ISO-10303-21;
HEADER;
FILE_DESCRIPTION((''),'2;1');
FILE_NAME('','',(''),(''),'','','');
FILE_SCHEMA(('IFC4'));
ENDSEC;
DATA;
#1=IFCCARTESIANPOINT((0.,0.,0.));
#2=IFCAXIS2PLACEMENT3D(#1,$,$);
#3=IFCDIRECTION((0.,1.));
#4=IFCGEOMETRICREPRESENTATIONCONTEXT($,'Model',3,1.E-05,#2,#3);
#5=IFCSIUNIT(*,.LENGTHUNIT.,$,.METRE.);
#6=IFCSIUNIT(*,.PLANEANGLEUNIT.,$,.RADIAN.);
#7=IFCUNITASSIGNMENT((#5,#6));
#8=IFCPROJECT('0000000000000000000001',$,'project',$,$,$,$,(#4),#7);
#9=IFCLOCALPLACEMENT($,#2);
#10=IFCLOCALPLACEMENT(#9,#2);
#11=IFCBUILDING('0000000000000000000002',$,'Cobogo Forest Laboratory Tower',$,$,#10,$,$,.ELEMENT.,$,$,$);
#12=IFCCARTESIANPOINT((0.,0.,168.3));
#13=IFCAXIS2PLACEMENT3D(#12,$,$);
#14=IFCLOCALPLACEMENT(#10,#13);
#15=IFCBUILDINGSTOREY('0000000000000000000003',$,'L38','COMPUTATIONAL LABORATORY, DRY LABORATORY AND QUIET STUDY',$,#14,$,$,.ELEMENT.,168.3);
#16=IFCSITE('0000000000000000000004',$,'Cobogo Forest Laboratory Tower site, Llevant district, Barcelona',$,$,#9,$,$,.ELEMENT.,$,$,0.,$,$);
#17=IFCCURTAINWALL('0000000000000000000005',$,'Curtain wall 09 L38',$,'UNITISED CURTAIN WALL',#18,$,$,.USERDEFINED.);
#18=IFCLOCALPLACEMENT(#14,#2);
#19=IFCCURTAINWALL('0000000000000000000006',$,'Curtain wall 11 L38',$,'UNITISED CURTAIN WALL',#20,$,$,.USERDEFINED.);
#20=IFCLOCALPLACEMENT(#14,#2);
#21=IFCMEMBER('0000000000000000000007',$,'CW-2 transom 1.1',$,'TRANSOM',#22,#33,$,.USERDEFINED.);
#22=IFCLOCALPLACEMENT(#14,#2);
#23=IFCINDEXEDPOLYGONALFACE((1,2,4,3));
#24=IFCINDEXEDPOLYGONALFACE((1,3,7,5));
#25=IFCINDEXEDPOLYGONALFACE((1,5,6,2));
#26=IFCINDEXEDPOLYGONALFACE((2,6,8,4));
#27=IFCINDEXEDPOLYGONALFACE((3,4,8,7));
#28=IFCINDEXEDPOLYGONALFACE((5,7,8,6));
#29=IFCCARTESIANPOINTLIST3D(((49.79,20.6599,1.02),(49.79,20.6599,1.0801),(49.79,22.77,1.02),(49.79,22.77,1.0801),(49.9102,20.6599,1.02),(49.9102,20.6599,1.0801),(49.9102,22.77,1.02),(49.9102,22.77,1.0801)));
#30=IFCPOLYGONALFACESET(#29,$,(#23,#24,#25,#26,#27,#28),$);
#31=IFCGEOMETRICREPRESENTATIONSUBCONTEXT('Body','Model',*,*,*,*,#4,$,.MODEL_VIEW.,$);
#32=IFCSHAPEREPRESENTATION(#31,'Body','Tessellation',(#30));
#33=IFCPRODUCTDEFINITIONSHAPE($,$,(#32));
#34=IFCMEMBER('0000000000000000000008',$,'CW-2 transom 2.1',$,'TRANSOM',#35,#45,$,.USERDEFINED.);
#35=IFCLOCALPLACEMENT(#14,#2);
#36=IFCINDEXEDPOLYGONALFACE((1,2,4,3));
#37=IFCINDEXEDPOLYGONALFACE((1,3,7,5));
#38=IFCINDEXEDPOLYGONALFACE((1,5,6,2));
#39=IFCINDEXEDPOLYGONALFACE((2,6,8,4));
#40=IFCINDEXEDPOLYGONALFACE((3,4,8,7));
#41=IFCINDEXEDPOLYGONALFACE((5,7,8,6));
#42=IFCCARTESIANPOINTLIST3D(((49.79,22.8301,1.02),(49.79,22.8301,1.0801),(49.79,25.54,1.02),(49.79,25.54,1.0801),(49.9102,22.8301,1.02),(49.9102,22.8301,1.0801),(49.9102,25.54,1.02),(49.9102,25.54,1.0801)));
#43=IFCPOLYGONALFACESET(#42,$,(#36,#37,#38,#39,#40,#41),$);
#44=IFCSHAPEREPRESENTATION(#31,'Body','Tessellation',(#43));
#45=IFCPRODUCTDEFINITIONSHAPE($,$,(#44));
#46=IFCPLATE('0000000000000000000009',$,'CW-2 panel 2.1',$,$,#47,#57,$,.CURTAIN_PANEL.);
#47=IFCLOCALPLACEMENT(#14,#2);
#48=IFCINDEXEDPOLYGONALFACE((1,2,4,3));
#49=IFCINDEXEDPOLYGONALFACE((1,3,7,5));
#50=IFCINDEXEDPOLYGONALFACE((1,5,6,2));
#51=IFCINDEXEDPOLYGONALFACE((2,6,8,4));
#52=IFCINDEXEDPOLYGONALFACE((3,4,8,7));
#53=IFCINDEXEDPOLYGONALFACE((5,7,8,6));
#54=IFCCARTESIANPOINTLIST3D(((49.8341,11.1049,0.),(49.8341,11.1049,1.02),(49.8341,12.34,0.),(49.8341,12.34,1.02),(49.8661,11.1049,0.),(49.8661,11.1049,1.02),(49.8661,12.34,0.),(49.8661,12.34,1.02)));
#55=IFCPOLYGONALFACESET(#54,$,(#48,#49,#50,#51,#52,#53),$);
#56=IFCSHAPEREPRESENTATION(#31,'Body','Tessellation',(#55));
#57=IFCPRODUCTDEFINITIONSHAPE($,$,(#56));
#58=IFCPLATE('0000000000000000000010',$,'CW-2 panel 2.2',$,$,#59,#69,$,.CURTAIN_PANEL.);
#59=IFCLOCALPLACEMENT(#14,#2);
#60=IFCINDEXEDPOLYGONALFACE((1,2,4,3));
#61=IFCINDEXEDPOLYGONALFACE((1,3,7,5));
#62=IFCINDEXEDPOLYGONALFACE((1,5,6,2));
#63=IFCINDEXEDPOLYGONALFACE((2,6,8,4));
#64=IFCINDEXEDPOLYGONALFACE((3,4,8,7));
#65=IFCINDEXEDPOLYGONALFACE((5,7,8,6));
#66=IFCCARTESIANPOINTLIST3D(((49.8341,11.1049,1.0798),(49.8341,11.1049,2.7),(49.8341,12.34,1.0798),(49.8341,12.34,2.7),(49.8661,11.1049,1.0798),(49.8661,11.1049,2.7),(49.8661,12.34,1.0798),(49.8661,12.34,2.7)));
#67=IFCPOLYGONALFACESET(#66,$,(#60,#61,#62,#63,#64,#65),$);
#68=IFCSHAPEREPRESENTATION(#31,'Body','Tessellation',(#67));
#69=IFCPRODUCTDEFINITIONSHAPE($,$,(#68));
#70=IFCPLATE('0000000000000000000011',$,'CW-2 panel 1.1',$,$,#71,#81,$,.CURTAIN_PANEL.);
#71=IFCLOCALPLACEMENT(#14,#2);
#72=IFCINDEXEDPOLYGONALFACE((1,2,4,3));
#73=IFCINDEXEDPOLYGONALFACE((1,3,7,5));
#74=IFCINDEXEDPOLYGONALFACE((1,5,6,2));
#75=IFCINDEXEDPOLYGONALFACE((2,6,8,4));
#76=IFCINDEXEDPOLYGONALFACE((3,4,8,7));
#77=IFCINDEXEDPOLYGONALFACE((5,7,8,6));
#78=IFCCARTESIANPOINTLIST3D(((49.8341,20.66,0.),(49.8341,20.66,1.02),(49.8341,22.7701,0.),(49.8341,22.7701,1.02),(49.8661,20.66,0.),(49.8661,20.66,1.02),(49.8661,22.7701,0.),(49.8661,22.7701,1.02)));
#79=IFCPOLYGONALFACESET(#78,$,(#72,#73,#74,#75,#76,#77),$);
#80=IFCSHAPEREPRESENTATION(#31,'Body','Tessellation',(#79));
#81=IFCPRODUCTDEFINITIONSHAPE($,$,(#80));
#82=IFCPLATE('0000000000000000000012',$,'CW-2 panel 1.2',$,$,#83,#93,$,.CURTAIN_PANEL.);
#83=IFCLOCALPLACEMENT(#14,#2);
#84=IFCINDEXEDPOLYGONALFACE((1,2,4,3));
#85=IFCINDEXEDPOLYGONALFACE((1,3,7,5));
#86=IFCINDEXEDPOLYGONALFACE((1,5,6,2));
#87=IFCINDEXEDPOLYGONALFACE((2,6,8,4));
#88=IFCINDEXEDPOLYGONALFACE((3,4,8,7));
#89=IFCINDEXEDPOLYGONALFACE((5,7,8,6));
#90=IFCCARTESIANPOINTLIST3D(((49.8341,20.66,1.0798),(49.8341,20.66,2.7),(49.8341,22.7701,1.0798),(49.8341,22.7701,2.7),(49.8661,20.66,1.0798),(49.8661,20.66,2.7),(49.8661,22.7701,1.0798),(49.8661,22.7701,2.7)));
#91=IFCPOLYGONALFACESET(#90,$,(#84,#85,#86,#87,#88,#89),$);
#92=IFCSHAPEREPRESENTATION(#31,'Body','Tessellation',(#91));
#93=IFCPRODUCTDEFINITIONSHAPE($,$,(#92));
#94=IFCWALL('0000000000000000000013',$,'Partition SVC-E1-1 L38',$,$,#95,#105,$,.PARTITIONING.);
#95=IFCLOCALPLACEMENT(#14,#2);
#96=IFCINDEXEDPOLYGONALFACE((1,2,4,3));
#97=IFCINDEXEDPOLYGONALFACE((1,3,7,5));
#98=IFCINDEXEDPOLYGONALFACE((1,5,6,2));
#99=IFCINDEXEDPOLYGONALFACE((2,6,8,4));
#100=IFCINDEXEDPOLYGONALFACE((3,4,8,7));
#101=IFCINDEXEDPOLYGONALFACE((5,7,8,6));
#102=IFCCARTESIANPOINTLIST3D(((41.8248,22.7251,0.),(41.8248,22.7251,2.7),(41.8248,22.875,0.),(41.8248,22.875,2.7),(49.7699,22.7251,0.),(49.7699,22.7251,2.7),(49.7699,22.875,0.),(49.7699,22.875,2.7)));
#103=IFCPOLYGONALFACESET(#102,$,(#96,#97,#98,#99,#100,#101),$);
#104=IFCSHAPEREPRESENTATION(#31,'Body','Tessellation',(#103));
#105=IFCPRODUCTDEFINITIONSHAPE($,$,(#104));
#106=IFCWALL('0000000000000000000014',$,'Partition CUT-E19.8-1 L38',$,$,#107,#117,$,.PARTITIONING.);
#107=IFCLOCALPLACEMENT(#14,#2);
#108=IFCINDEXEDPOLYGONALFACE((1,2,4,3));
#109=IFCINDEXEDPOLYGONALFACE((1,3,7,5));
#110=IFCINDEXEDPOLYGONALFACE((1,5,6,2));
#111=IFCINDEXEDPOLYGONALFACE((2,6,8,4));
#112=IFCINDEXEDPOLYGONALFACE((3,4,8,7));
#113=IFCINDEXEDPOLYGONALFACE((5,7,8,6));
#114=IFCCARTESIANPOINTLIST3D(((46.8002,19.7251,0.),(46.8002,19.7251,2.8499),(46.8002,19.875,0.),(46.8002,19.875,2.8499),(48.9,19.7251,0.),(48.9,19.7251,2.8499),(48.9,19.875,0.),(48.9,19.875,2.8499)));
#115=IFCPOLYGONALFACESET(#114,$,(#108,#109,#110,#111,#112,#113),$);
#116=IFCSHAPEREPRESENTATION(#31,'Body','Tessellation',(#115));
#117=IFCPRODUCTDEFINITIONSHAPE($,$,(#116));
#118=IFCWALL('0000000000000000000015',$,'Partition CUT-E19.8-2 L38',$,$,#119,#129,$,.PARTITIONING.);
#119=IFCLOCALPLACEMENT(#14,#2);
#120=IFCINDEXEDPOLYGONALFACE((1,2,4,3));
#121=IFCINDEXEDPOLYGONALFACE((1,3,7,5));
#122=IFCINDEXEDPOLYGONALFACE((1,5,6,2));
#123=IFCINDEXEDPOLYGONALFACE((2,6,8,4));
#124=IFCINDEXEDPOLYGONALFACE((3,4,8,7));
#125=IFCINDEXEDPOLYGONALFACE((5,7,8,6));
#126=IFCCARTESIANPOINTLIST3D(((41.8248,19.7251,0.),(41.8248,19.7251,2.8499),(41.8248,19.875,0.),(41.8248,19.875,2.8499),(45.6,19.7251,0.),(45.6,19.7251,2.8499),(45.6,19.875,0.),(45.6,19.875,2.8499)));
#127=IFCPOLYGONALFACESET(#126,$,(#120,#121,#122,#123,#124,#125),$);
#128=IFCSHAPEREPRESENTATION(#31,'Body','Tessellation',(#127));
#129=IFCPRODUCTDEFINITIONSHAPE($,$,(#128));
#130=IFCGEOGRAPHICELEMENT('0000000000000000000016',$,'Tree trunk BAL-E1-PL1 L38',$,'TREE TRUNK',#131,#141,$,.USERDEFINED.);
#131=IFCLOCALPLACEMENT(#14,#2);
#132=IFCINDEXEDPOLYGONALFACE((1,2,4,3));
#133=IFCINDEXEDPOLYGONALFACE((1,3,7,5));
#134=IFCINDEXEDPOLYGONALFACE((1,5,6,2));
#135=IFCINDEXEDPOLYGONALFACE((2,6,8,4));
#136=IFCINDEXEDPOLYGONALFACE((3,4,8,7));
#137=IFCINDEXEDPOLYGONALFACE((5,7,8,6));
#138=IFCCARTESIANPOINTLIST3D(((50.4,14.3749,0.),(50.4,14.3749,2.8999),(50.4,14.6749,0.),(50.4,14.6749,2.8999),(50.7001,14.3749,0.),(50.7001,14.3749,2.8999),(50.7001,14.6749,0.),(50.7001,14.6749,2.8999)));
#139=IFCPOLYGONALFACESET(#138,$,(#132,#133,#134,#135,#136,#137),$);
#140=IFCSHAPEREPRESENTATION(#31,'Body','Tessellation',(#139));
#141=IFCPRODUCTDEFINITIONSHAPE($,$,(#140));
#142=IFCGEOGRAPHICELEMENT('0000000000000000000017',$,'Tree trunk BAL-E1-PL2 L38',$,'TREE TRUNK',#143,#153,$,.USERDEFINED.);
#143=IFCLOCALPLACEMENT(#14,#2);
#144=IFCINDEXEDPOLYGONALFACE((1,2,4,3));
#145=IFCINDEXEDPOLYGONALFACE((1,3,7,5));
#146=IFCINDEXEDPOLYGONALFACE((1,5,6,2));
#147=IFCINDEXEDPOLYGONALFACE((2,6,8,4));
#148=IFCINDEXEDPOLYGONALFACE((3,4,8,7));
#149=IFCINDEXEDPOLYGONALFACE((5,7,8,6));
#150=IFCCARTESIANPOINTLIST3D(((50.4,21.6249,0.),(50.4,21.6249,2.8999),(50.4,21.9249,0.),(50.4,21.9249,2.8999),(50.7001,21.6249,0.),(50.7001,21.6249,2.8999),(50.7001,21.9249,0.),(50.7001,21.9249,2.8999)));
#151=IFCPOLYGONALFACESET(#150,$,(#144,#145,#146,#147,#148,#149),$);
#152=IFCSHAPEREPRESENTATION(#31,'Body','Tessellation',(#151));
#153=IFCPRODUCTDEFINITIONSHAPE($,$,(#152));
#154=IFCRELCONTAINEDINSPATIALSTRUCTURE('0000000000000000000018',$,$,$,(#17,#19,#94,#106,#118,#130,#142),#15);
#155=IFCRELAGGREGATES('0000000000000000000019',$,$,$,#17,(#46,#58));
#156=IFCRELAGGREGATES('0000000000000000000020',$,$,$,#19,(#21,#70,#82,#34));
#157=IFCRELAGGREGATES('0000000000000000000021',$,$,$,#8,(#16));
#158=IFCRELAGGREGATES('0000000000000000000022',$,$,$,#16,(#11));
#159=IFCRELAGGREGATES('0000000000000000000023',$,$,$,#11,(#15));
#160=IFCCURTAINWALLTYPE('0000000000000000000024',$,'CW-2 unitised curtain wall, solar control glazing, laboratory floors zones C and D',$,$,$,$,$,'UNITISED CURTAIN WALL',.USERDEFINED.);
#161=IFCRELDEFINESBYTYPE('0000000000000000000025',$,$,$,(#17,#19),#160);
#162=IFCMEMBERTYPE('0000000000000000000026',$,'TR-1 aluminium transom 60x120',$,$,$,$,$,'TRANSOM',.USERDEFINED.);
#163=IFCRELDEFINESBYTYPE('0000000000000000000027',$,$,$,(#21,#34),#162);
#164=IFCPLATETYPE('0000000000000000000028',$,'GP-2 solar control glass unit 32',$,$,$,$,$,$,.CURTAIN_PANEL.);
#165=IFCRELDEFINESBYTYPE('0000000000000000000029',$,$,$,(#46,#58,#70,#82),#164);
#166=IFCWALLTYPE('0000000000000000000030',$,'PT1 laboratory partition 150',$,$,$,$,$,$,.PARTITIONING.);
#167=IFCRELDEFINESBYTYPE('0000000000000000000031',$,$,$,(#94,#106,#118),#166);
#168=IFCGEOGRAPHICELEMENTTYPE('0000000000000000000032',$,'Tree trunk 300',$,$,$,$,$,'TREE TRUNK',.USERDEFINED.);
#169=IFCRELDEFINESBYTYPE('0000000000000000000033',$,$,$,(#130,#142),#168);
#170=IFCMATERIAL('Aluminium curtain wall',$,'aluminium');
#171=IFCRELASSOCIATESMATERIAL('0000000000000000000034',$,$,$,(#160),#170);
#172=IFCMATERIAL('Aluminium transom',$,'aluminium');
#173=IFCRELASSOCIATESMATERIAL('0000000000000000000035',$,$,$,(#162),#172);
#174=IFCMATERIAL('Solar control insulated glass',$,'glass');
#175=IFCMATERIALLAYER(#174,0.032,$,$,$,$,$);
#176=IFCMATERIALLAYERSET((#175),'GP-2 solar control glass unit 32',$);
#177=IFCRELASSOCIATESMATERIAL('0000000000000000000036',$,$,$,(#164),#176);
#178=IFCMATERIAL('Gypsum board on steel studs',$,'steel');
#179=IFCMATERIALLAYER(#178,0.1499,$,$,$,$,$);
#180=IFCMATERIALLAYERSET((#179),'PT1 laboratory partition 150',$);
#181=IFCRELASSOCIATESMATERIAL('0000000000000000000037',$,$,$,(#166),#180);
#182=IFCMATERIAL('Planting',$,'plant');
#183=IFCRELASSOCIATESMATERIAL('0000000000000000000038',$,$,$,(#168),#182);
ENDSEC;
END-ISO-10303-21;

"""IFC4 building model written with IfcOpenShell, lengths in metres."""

from ifc_helpers import new_model, si_unit, direction, frame, frame_2d, origin, origin_2d, place, context, subcontext, project, spatial, rectangle, extrude, material, layer, layer_set, material_profile, profile_set, type_object, element, aggregate, save


model = new_model("IFC4")

# Units and contexts
model_context = context("Model", 3, precision=1e-05, world=origin(), true_north=direction((0.0, 1.0)))
body_context = subcontext(model_context, "Body", "Model", "MODEL_VIEW")
ifc_project = project(units=[si_unit("LENGTHUNIT", "METRE"), si_unit("PLANEANGLEUNIT", "RADIAN")], contexts=[model_context])

# Site, building, storey
site_placement = place(None, origin())
site = spatial("IfcSite", under=ifc_project, at=site_placement, Name="Cobogo Forest Laboratory Tower site, Llevant district, Barcelona", CompositionType="ELEMENT", RefElevation=0.0)
building_placement = place(site_placement, origin())
building = spatial("IfcBuilding", under=site, at=building_placement, Name="Cobogo Forest Laboratory Tower", CompositionType="ELEMENT")
storey_placement = place(building_placement, frame((0.0, 0.0, 168.3)))
storey = spatial("IfcBuildingStorey", under=building, at=storey_placement, Name="L38", Description="COMPUTATIONAL LABORATORY, DRY LABORATORY AND QUIET STUDY", CompositionType="ELEMENT", Elevation=168.3)

# Curtain wall
ifc_material_1 = material(Name="Aluminium curtain wall", Category="aluminium")
curtain_wall_type = type_object("IfcCurtainWallType", Name="CW-2 unitised curtain wall, solar control glazing, laboratory floors zones C and D", ElementType="UNITISED CURTAIN WALL", PredefinedType="USERDEFINED", material=ifc_material_1)
curtain_wall_1_placement = place(storey_placement, origin())
curtain_wall_1 = element("IfcCurtainWall", 1, at=curtain_wall_1_placement, inside=storey, type_object=curtain_wall_type, Name="Curtain wall 09 L38", ObjectType="UNITISED CURTAIN WALL", PredefinedType="USERDEFINED")

# Curtain wall
curtain_wall_2_placement = place(storey_placement, origin())
curtain_wall_2 = element("IfcCurtainWall", 2, at=curtain_wall_2_placement, inside=storey, type_object=curtain_wall_type, Name="Curtain wall 11 L38", ObjectType="UNITISED CURTAIN WALL", PredefinedType="USERDEFINED")

# Members
ifc_material_2 = material(Name="Aluminium transom", Category="aluminium")
ifc_material_profile_1 = material_profile(ifc_material_2, rectangle(XDim=0.1201, YDim=0.0601, at=origin_2d()), Name="AL 60x120")
ifc_profile_set_1 = profile_set([ifc_material_profile_1], Name="Aluminium transom")
member_type_1 = type_object("IfcMemberType", Name="TR-1 aluminium transom 60x120", ElementType="TRANSOM", PredefinedType="USERDEFINED", material=ifc_profile_set_1)
member_1_placement = place(storey_placement, frame((49.8501, 20.6599, 1.05), z_axis=(0.0, 1.0, 0.0), x_axis=(-1.0, 0.0, 0.0)))
member_1 = element("IfcMember", 3, at=member_1_placement, type_object=member_type_1, Name="CW-2 transom 1.1", ObjectType="TRANSOM", PredefinedType="USERDEFINED", context=body_context, shape_type="SweptSolid", body=[
    extrude(rectangle(XDim=0.1201, YDim=0.0601, at=origin_2d()), origin(), (0.0, 0.0, 1.0), 2.1101),
])
member_2_placement = place(storey_placement, frame((49.8501, 22.8301, 1.05), z_axis=(0.0, 1.0, 0.0), x_axis=(-1.0, 0.0, 0.0)))
member_2 = element("IfcMember", 4, at=member_2_placement, type_object=member_type_1, Name="CW-2 transom 2.1", ObjectType="TRANSOM", PredefinedType="USERDEFINED", context=body_context, shape_type="SweptSolid", body=[
    extrude(rectangle(XDim=0.1201, YDim=0.0601, at=origin_2d()), origin(), (0.0, 0.0, 1.0), 2.71),
])

# Plates
ifc_material_3 = material(Name="Solar control insulated glass", Category="glass")
ifc_layer_1 = layer(ifc_material_3, 0.032)
ifc_layer_set_1 = layer_set([ifc_layer_1], Name="GP-2 solar control glass unit 32")
plate_type = type_object("IfcPlateType", Name="GP-2 solar control glass unit 32", PredefinedType="CURTAIN_PANEL", material=ifc_layer_set_1)
plate_1_placement = place(storey_placement, frame((49.8501, 11.7224, 0.0), z_axis=(0.0, 0.0, 1.0), x_axis=(0.0, 1.0, 0.0)))
plate_1 = element("IfcPlate", 5, at=plate_1_placement, type_object=plate_type, Name="CW-2 panel 2.1", PredefinedType="CURTAIN_PANEL", context=body_context, shape_type="SweptSolid", body=[
    extrude(rectangle(XDim=1.2351, YDim=0.032, at=origin_2d()), origin(), (0.0, 0.0, 1.0), 1.02),
])
plate_2_placement = place(storey_placement, frame((49.8501, 11.7224, 1.0798), z_axis=(0.0, 0.0, 1.0), x_axis=(0.0, 1.0, 0.0)))
plate_2 = element("IfcPlate", 6, at=plate_2_placement, type_object=plate_type, Name="CW-2 panel 2.2", PredefinedType="CURTAIN_PANEL", context=body_context, shape_type="SweptSolid", body=[
    extrude(rectangle(XDim=1.2351, YDim=0.032, at=origin_2d()), origin(), (0.0, 0.0, 1.0), 1.6201),
])
aggregate(curtain_wall_1, [plate_1, plate_2])
plate_3_placement = place(storey_placement, frame((49.8501, 21.7151, 0.0), z_axis=(0.0, 0.0, 1.0), x_axis=(0.0, 1.0, 0.0)))
plate_3 = element("IfcPlate", 7, at=plate_3_placement, type_object=plate_type, Name="CW-2 panel 1.1", PredefinedType="CURTAIN_PANEL", context=body_context, shape_type="SweptSolid", body=[
    extrude(rectangle(XDim=2.1101, YDim=0.032, at=origin_2d()), origin(), (0.0, 0.0, 1.0), 1.02),
])
plate_4_placement = place(storey_placement, frame((49.8501, 21.7151, 1.0798), z_axis=(0.0, 0.0, 1.0), x_axis=(0.0, 1.0, 0.0)))
plate_4 = element("IfcPlate", 8, at=plate_4_placement, type_object=plate_type, Name="CW-2 panel 1.2", PredefinedType="CURTAIN_PANEL", context=body_context, shape_type="SweptSolid", body=[
    extrude(rectangle(XDim=2.1101, YDim=0.032, at=origin_2d()), origin(), (0.0, 0.0, 1.0), 1.6201),
])
aggregate(curtain_wall_2, [member_1, plate_3, plate_4, member_2])

# Walls
ifc_material_4 = material(Name="Gypsum board on steel studs", Category="steel")
ifc_layer_2 = layer(ifc_material_4, 0.1499)
ifc_layer_set_2 = layer_set([ifc_layer_2], Name="PT1 laboratory partition 150")
wall_type_1 = type_object("IfcWallType", Name="PT1 laboratory partition 150", PredefinedType="PARTITIONING", material=ifc_layer_set_2)
wall_1_placement = place(storey_placement, frame((49.77, 22.8, 0.0), z_axis=(0.0, 0.0, 1.0), x_axis=(-1.0, 0.0, 0.0)))
element("IfcWall", 9, at=wall_1_placement, inside=storey, type_object=wall_type_1, Name="Partition SVC-E1-1 L38", PredefinedType="PARTITIONING", context=body_context, shape_type="SweptSolid", body=[
    extrude(rectangle(XDim=7.9451, YDim=0.1499, at=frame_2d((3.9727, 0.0))), origin(), (0.0, 0.0, 1.0), 2.7),
])
wall_2_placement = place(storey_placement, frame((48.8999, 19.8, 0.0), z_axis=(0.0, 0.0, 1.0), x_axis=(-1.0, 0.0, 0.0)))
element("IfcWall", 10, at=wall_2_placement, inside=storey, type_object=wall_type_1, Name="Partition CUT-E19.8-1 L38", PredefinedType="PARTITIONING", context=body_context, shape_type="SweptSolid", body=[
    extrude(rectangle(XDim=2.0999, YDim=0.1499, at=frame_2d((1.0498, 0.0))), origin(), (0.0, 0.0, 1.0), 2.8499),
])
wall_3_placement = place(storey_placement, frame((45.6001, 19.8, 0.0), z_axis=(0.0, 0.0, 1.0), x_axis=(-1.0, 0.0, 0.0)))
element("IfcWall", 11, at=wall_3_placement, inside=storey, type_object=wall_type_1, Name="Partition CUT-E19.8-2 L38", PredefinedType="PARTITIONING", context=body_context, shape_type="SweptSolid", body=[
    extrude(rectangle(XDim=3.7751, YDim=0.1499, at=frame_2d((1.8877, 0.0))), origin(), (0.0, 0.0, 1.0), 2.8499),
])

# Geographic elements
ifc_material_5 = material(Name="Planting", Category="plant")
geographic_element_type = type_object("IfcGeographicElementType", Name="Tree trunk 300", ElementType="TREE TRUNK", PredefinedType="USERDEFINED", material=ifc_material_5)
for number, where, z_axis, x_axis, name in (
    (12, (50.55, 14.5249, 0.0), (0.0, 0.0, 1.0), (1.0, 0.0, 0.0), "Tree trunk BAL-E1-PL1 L38"),
    (13, (50.55, 21.7749, 0.0), (0.0, 0.0, 1.0), (1.0, 0.0, 0.0), "Tree trunk BAL-E1-PL2 L38"),
):
    element("IfcGeographicElement", number, at=place(storey_placement, frame(where, z_axis=z_axis, x_axis=x_axis)), inside=storey, type_object=geographic_element_type, Name=name, ObjectType="TREE TRUNK", PredefinedType="USERDEFINED", context=body_context, shape_type="SweptSolid", body=[
        extrude(rectangle(XDim=0.3, YDim=0.3, at=origin_2d()), origin(), (0.0, 0.0, 1.0), 2.8999),
    ])

save(model, "model.ifc")
